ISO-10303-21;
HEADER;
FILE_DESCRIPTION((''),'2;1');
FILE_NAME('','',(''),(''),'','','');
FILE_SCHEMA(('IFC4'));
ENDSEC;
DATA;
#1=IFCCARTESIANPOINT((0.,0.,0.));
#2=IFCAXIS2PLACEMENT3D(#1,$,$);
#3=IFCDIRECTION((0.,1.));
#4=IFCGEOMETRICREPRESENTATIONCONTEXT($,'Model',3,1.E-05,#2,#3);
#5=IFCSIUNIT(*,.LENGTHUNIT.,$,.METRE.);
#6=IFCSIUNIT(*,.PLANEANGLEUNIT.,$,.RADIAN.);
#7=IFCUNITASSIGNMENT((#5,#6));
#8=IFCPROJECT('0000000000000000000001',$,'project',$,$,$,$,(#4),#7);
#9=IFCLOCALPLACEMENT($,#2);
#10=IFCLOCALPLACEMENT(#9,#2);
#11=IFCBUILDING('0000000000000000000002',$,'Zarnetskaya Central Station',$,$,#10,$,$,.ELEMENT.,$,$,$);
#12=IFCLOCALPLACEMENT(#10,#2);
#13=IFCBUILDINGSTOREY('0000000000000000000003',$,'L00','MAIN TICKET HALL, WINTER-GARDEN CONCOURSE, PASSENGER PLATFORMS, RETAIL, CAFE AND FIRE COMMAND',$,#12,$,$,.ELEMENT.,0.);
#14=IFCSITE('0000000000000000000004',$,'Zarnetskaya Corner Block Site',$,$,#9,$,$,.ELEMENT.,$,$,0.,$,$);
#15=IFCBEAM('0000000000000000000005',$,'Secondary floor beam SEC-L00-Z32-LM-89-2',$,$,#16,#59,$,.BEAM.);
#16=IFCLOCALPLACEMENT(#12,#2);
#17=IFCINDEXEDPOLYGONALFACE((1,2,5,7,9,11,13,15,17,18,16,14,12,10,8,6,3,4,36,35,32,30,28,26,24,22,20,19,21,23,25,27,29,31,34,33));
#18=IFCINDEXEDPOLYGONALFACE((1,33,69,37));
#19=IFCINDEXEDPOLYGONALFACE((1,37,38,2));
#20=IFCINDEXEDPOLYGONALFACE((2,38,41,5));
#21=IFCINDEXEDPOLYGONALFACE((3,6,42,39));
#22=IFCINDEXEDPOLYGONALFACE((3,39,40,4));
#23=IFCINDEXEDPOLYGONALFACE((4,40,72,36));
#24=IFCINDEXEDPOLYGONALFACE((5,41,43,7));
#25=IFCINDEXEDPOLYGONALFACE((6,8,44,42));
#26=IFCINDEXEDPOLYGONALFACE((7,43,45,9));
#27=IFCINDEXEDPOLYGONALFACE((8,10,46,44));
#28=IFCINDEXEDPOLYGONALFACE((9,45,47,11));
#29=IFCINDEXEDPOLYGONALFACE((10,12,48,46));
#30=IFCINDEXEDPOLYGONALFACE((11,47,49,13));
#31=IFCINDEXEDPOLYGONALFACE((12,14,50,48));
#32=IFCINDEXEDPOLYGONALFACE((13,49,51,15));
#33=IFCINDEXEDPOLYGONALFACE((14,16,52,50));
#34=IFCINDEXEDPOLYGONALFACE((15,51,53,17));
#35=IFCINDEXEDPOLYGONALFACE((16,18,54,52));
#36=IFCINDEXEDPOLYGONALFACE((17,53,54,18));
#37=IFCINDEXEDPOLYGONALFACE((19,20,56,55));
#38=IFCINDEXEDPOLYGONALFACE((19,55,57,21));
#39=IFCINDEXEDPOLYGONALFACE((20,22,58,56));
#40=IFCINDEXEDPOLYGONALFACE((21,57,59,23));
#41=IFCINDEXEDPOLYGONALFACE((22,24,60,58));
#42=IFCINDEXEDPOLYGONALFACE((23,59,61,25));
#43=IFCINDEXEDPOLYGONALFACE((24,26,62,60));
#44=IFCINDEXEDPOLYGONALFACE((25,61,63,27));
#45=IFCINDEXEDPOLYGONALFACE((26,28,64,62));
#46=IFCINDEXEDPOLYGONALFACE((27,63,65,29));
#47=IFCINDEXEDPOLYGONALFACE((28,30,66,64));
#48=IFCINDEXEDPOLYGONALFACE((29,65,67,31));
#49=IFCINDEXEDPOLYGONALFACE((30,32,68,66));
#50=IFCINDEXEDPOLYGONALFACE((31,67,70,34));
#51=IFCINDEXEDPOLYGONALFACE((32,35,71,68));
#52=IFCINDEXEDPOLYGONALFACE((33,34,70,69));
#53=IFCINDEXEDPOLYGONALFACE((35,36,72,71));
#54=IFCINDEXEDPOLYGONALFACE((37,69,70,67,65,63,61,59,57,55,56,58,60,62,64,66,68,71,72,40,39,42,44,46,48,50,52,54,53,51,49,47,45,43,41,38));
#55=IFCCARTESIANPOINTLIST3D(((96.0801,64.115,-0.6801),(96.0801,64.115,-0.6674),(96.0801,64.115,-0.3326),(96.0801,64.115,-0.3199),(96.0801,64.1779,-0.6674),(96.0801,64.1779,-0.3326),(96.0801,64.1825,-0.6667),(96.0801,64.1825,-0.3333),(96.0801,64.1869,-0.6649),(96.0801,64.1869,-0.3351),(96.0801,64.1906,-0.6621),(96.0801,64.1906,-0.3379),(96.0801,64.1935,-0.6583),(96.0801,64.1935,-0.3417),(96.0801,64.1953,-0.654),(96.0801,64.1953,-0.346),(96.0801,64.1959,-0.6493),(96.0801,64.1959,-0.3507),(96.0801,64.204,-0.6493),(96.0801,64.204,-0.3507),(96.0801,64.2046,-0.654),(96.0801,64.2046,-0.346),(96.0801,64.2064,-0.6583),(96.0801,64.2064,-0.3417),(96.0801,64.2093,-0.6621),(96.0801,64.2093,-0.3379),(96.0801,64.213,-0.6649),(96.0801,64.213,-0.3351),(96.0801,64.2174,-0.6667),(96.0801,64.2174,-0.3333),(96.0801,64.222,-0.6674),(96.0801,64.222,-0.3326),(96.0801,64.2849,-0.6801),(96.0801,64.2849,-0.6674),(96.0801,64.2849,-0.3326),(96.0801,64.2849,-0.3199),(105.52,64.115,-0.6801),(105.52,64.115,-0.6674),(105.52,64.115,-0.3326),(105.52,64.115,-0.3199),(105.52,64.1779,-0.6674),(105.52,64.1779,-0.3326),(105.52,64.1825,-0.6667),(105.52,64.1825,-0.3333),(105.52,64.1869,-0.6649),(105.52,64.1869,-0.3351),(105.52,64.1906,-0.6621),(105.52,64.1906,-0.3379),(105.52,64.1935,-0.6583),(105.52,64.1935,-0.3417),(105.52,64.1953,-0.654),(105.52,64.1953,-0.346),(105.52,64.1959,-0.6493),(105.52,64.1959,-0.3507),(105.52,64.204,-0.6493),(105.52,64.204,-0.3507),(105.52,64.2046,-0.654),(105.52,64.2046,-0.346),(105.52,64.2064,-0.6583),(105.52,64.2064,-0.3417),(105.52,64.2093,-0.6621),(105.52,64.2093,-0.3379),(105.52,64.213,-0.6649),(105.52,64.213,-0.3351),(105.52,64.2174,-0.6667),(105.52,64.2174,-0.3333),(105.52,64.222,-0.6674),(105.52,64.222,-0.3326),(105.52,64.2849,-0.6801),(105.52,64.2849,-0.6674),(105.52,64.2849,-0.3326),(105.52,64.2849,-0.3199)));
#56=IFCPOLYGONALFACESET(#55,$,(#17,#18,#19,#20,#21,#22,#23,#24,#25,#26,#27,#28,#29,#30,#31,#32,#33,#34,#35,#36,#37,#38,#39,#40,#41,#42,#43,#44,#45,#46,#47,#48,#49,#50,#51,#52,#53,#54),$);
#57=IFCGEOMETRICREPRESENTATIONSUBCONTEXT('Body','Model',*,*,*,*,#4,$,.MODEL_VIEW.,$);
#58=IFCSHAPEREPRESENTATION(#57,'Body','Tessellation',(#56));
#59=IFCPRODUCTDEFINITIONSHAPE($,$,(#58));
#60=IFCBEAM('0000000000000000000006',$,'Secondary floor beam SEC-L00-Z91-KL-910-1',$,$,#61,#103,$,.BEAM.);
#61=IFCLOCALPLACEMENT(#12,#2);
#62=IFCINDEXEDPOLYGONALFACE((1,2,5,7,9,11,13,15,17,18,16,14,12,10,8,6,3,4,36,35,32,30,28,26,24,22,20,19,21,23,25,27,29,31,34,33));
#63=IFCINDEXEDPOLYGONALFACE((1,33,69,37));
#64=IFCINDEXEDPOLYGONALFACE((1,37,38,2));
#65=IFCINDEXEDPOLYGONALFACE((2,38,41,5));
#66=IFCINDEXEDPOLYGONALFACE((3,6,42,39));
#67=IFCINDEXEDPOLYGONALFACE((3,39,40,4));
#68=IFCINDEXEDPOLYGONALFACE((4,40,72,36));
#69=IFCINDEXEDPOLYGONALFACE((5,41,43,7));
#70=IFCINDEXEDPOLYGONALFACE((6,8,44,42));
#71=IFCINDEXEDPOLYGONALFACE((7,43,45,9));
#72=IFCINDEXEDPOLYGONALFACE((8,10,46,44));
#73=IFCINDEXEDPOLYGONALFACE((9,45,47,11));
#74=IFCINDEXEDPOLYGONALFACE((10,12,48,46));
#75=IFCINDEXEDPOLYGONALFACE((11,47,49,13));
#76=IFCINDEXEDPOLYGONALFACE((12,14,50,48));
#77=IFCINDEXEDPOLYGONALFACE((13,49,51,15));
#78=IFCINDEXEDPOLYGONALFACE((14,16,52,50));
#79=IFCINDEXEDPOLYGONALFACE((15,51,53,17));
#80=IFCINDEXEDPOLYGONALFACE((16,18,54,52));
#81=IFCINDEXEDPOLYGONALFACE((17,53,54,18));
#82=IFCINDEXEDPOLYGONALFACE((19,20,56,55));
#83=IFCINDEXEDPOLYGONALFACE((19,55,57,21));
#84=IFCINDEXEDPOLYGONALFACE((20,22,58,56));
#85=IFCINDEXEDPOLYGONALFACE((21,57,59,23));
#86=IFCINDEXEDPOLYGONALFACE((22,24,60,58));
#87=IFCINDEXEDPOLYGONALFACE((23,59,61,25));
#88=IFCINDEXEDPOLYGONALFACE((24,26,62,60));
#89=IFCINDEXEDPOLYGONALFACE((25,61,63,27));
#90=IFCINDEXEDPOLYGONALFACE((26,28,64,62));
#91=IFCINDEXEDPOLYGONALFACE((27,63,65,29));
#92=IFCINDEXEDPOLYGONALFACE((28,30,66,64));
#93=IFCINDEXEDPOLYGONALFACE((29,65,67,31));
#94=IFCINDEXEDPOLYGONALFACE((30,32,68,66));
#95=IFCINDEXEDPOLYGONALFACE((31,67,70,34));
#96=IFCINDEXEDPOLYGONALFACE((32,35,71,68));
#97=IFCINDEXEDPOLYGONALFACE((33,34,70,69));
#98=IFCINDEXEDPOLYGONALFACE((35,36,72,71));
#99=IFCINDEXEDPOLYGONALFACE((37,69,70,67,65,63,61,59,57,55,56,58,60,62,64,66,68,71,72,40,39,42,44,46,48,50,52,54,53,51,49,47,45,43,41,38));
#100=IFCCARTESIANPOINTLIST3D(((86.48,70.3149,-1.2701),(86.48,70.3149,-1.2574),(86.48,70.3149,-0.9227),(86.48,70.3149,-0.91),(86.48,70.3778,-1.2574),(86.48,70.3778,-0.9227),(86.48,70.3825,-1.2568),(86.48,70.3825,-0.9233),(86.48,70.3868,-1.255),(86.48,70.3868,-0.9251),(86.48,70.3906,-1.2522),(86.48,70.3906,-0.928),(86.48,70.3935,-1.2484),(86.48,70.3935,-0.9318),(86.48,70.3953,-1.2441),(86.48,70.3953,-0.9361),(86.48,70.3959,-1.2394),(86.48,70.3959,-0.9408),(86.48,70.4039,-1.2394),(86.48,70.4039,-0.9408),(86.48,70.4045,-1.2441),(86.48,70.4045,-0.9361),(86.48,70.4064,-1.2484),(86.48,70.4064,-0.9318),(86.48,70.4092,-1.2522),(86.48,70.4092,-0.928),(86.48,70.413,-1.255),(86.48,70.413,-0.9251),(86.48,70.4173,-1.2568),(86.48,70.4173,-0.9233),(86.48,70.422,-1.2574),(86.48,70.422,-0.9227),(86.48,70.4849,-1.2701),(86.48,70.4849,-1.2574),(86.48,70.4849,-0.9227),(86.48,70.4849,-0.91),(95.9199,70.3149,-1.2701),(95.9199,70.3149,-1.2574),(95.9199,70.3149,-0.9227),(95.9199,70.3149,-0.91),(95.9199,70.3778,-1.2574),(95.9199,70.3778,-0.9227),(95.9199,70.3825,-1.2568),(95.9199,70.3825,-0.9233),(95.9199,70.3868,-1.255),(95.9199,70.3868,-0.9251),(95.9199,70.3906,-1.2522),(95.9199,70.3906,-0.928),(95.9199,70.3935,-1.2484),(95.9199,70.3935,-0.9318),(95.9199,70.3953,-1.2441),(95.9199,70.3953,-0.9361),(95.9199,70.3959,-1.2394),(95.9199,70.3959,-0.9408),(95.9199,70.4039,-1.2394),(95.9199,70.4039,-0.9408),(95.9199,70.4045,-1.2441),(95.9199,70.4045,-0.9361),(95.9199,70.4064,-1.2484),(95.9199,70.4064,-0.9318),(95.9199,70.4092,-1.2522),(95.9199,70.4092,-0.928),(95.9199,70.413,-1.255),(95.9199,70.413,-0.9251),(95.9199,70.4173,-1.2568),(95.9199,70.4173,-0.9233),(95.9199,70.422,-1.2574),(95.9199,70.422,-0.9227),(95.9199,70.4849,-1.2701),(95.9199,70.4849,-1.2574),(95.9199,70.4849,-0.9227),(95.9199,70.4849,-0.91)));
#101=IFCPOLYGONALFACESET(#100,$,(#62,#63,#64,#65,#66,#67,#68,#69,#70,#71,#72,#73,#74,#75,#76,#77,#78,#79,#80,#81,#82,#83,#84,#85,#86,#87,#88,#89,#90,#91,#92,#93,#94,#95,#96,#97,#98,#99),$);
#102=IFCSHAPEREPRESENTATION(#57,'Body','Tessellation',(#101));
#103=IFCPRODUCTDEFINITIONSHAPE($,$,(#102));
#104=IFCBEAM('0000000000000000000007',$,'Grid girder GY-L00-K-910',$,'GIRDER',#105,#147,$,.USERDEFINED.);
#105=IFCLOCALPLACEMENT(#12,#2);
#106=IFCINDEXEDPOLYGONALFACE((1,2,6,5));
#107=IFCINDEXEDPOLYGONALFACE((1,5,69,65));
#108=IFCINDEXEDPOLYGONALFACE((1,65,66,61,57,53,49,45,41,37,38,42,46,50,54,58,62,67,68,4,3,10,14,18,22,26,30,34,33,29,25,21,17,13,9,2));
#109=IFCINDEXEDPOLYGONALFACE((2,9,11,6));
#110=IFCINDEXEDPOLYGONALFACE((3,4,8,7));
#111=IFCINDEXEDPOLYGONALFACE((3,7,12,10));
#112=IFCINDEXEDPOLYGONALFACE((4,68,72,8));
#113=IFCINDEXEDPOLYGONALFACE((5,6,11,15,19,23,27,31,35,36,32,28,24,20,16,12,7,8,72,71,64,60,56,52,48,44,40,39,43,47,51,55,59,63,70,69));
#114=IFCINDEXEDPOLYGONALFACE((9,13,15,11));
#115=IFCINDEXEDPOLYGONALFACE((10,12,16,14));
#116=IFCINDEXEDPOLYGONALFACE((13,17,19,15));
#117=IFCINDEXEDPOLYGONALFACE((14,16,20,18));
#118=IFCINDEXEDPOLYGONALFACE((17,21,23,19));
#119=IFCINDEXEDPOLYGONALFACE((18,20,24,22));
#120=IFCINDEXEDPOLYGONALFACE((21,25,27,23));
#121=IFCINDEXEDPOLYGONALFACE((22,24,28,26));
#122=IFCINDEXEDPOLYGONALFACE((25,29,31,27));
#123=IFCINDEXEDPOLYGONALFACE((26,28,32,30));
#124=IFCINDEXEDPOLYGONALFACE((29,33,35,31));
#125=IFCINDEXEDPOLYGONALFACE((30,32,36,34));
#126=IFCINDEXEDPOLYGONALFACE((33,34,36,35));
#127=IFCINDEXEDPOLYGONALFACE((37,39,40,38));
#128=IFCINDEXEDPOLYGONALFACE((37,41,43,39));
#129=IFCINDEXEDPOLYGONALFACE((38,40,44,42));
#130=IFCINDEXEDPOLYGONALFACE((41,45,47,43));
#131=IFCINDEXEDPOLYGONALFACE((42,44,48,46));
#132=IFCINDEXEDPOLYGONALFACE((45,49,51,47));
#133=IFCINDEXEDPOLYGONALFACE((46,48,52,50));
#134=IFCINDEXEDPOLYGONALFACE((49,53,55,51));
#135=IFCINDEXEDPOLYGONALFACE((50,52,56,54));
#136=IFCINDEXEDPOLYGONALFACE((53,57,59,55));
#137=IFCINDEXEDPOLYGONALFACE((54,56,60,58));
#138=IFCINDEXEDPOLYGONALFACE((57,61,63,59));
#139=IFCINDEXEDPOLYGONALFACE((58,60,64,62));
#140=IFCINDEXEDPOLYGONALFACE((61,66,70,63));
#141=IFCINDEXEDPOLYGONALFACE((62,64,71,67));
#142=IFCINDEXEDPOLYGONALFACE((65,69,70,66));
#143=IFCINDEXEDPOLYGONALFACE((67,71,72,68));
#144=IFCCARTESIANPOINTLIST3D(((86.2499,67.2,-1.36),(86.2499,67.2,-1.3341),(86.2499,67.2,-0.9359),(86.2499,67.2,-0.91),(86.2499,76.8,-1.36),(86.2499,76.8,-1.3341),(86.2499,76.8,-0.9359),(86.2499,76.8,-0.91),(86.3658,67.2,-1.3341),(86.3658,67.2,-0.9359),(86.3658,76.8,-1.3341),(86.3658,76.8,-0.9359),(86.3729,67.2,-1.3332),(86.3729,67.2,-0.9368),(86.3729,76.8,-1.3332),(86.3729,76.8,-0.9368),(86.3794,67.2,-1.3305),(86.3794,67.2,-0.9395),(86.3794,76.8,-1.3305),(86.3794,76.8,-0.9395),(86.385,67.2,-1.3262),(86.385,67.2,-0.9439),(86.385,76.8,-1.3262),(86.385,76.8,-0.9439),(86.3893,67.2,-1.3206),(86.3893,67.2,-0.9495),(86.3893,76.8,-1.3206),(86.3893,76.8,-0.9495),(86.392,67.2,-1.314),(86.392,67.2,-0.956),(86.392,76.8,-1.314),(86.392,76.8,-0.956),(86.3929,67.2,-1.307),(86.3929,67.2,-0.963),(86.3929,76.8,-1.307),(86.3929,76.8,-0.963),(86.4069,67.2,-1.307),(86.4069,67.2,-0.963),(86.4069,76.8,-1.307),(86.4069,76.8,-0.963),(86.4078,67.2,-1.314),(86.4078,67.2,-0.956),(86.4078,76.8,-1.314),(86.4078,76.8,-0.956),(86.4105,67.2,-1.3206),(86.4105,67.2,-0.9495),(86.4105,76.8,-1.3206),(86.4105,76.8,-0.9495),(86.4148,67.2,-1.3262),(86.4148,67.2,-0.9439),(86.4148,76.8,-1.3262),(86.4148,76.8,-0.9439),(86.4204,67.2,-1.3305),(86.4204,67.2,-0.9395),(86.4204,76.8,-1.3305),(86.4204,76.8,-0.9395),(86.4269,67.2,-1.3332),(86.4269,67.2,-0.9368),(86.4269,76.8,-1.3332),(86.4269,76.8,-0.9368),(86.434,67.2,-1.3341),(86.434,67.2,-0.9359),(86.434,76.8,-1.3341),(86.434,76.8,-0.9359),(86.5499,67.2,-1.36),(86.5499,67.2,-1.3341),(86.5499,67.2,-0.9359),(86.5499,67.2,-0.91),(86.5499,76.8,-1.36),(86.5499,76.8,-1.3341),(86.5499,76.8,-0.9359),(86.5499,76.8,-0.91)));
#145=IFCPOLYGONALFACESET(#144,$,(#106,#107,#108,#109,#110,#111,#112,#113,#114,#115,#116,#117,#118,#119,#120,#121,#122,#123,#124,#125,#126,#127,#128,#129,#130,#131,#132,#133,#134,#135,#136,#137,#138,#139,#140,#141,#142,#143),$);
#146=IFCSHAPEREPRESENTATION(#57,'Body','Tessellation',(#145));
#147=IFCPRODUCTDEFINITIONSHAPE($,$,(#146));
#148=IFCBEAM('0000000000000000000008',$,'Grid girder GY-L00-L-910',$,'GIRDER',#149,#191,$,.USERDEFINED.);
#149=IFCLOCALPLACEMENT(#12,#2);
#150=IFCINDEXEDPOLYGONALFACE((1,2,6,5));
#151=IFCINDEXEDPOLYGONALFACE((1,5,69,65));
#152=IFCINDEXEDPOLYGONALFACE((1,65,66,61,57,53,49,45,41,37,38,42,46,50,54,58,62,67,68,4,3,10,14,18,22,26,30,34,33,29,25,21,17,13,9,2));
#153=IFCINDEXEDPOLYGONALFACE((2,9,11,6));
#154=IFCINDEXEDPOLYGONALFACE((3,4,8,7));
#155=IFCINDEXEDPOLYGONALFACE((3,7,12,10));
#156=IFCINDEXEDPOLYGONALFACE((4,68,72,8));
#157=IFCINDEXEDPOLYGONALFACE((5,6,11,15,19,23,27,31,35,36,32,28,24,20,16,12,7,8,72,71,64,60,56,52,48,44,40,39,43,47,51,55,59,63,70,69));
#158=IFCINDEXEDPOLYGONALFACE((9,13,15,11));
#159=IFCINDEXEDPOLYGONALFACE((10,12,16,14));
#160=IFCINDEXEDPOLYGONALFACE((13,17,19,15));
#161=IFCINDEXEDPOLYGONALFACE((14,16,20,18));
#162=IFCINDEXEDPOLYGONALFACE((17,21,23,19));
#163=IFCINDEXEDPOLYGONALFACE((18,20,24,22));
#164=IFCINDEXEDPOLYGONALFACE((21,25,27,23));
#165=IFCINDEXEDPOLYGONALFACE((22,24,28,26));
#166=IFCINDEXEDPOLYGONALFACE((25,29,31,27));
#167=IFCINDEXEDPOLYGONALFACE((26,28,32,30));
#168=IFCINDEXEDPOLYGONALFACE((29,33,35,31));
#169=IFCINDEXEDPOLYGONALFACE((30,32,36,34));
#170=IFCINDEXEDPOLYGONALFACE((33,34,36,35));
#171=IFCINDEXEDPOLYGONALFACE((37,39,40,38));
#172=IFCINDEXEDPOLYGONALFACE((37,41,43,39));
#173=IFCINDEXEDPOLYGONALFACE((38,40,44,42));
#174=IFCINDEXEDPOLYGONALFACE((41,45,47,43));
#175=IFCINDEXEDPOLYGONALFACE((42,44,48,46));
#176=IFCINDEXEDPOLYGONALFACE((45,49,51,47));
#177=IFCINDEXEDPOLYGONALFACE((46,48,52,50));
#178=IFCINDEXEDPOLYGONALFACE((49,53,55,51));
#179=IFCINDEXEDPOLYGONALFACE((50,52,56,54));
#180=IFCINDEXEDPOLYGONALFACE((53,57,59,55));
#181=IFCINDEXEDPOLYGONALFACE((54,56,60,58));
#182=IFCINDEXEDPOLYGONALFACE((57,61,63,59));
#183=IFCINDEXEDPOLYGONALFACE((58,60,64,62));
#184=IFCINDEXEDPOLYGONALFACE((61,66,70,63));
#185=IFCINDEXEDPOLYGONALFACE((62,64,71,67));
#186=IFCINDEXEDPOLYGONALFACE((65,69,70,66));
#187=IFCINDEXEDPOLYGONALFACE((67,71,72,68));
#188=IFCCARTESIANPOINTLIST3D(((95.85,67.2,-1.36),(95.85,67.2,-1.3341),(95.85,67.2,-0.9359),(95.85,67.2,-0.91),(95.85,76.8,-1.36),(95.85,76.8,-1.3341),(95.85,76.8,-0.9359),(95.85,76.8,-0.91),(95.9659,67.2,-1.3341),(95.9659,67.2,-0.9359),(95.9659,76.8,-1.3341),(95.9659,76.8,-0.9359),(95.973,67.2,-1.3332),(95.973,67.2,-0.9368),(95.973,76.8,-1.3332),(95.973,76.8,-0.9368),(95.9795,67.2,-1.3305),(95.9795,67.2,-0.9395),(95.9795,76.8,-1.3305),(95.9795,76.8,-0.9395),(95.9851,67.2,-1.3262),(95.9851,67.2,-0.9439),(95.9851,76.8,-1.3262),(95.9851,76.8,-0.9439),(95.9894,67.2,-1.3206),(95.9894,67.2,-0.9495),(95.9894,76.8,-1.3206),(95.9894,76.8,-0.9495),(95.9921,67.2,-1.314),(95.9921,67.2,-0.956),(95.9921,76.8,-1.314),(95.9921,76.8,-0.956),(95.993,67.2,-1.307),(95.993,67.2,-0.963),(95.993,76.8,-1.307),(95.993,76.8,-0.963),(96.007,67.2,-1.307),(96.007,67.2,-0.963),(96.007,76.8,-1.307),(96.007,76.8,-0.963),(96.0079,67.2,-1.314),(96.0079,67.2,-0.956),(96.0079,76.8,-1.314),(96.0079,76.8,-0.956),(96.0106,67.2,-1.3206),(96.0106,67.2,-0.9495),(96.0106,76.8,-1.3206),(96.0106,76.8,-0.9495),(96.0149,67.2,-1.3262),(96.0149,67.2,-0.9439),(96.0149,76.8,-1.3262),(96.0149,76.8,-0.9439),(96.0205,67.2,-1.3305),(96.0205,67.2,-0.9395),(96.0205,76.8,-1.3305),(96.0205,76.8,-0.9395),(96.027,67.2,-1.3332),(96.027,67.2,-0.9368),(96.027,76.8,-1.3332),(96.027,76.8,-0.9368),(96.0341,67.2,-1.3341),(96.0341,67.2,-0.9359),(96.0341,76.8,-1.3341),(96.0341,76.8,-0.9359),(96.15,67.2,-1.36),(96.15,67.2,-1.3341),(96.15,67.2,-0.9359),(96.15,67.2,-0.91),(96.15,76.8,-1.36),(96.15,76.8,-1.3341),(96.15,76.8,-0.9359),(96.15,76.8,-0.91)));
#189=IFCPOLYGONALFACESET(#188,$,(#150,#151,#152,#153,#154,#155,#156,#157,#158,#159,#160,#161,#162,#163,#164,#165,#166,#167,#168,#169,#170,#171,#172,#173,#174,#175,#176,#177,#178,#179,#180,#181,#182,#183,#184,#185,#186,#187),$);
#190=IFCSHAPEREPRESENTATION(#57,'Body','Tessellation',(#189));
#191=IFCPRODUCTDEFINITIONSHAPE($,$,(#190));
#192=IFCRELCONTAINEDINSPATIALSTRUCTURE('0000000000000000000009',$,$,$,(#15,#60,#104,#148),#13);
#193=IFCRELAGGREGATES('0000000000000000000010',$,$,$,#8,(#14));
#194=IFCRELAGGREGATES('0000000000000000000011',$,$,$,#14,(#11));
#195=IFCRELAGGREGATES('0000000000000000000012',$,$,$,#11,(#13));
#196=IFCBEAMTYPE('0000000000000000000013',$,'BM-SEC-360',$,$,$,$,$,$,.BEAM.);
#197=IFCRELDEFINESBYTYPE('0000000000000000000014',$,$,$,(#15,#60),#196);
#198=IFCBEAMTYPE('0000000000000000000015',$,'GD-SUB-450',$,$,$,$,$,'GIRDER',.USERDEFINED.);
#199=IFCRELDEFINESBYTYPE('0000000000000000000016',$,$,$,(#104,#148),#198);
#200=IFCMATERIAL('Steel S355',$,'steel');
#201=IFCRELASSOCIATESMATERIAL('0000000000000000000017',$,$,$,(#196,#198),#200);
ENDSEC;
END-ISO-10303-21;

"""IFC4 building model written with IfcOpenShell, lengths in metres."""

from ifc_helpers import new_model, si_unit, direction, frame, origin, origin_2d, place, context, subcontext, project, spatial, i_section, extrude, material, material_profile, profile_set, type_object, element, save


model = new_model("IFC4")

# Units and contexts
model_context = context("Model", 3, precision=1e-05, world=origin(), true_north=direction((0.0, 1.0)))
body_context = subcontext(model_context, "Body", "Model", "MODEL_VIEW")
ifc_project = project(units=[si_unit("LENGTHUNIT", "METRE"), si_unit("PLANEANGLEUNIT", "RADIAN")], contexts=[model_context])

# Site, building, storey
site_placement = place(None, origin())
site = spatial("IfcSite", under=ifc_project, at=site_placement, Name="Zarnetskaya Corner Block Site", CompositionType="ELEMENT", RefElevation=0.0)
building_placement = place(site_placement, origin())
building = spatial("IfcBuilding", under=site, at=building_placement, Name="Zarnetskaya Central Station", CompositionType="ELEMENT")
storey_placement = place(building_placement, origin())
storey = spatial("IfcBuildingStorey", under=building, at=storey_placement, Name="L00", Description="MAIN TICKET HALL, WINTER-GARDEN CONCOURSE, PASSENGER PLATFORMS, RETAIL, CAFE AND FIRE COMMAND", CompositionType="ELEMENT", Elevation=0.0)

# Shared definitions
ifc_material_1 = material(Name="Steel S355", Category="steel")

# Beams
ifc_material_profile_1 = material_profile(ifc_material_1, i_section(OverallWidth=0.1699, OverallDepth=0.3601, WebThickness=0.0081, FlangeThickness=0.0127, FilletRadius=0.0181, at=origin_2d()), Name="IPE 360")
ifc_profile_set_1 = profile_set([ifc_material_profile_1], Name="Steel S355")
beam_type_1 = type_object("IfcBeamType", Name="BM-SEC-360", PredefinedType="BEAM", material=ifc_profile_set_1)
for number, where, z_axis, x_axis, name in (
    (1, (96.0801, 64.2, -0.5), (1.0, 0.0, 0.0), (0.0, 1.0, 0.0), "Secondary floor beam SEC-L00-Z32-LM-89-2"),
    (2, (86.48, 70.3999, -1.0901), (1.0, 0.0, 0.0), (0.0, 1.0, 0.0), "Secondary floor beam SEC-L00-Z91-KL-910-1"),
):
    element("IfcBeam", number, at=place(storey_placement, frame(where, z_axis=z_axis, x_axis=x_axis)), inside=storey, type_object=beam_type_1, Name=name, PredefinedType="BEAM", context=body_context, shape_type="SweptSolid", body=[
        extrude(i_section(OverallWidth=0.1699, OverallDepth=0.3601, WebThickness=0.0081, FlangeThickness=0.0127, FilletRadius=0.0181, at=origin_2d()), origin(), (0.0, 0.0, 1.0), 9.4399),
    ])
ifc_material_profile_2 = material_profile(ifc_material_1, i_section(OverallWidth=0.3, OverallDepth=0.45, WebThickness=0.0139, FlangeThickness=0.0259, FilletRadius=0.0271, at=origin_2d()), Name="HEB 450")
ifc_profile_set_2 = profile_set([ifc_material_profile_2], Name="Steel S355")
beam_type_2 = type_object("IfcBeamType", Name="GD-SUB-450", ElementType="GIRDER", PredefinedType="USERDEFINED", material=ifc_profile_set_2)
for number, where, z_axis, x_axis, name in (
    (3, (86.3999, 67.2, -1.135), (0.0, 1.0, 0.0), (-1.0, 0.0, 0.0), "Grid girder GY-L00-K-910"),
    (4, (96.0, 67.2, -1.135), (0.0, 1.0, 0.0), (-1.0, 0.0, 0.0), "Grid girder GY-L00-L-910"),
):
    element("IfcBeam", number, at=place(storey_placement, frame(where, z_axis=z_axis, x_axis=x_axis)), inside=storey, type_object=beam_type_2, Name=name, ObjectType="GIRDER", PredefinedType="USERDEFINED", context=body_context, shape_type="SweptSolid", body=[
        extrude(i_section(OverallWidth=0.3, OverallDepth=0.45, WebThickness=0.0139, FlangeThickness=0.0259, FilletRadius=0.0271, at=origin_2d()), origin(), (0.0, 0.0, 1.0), 9.6001),
    ])

save(model, "model.ifc")
